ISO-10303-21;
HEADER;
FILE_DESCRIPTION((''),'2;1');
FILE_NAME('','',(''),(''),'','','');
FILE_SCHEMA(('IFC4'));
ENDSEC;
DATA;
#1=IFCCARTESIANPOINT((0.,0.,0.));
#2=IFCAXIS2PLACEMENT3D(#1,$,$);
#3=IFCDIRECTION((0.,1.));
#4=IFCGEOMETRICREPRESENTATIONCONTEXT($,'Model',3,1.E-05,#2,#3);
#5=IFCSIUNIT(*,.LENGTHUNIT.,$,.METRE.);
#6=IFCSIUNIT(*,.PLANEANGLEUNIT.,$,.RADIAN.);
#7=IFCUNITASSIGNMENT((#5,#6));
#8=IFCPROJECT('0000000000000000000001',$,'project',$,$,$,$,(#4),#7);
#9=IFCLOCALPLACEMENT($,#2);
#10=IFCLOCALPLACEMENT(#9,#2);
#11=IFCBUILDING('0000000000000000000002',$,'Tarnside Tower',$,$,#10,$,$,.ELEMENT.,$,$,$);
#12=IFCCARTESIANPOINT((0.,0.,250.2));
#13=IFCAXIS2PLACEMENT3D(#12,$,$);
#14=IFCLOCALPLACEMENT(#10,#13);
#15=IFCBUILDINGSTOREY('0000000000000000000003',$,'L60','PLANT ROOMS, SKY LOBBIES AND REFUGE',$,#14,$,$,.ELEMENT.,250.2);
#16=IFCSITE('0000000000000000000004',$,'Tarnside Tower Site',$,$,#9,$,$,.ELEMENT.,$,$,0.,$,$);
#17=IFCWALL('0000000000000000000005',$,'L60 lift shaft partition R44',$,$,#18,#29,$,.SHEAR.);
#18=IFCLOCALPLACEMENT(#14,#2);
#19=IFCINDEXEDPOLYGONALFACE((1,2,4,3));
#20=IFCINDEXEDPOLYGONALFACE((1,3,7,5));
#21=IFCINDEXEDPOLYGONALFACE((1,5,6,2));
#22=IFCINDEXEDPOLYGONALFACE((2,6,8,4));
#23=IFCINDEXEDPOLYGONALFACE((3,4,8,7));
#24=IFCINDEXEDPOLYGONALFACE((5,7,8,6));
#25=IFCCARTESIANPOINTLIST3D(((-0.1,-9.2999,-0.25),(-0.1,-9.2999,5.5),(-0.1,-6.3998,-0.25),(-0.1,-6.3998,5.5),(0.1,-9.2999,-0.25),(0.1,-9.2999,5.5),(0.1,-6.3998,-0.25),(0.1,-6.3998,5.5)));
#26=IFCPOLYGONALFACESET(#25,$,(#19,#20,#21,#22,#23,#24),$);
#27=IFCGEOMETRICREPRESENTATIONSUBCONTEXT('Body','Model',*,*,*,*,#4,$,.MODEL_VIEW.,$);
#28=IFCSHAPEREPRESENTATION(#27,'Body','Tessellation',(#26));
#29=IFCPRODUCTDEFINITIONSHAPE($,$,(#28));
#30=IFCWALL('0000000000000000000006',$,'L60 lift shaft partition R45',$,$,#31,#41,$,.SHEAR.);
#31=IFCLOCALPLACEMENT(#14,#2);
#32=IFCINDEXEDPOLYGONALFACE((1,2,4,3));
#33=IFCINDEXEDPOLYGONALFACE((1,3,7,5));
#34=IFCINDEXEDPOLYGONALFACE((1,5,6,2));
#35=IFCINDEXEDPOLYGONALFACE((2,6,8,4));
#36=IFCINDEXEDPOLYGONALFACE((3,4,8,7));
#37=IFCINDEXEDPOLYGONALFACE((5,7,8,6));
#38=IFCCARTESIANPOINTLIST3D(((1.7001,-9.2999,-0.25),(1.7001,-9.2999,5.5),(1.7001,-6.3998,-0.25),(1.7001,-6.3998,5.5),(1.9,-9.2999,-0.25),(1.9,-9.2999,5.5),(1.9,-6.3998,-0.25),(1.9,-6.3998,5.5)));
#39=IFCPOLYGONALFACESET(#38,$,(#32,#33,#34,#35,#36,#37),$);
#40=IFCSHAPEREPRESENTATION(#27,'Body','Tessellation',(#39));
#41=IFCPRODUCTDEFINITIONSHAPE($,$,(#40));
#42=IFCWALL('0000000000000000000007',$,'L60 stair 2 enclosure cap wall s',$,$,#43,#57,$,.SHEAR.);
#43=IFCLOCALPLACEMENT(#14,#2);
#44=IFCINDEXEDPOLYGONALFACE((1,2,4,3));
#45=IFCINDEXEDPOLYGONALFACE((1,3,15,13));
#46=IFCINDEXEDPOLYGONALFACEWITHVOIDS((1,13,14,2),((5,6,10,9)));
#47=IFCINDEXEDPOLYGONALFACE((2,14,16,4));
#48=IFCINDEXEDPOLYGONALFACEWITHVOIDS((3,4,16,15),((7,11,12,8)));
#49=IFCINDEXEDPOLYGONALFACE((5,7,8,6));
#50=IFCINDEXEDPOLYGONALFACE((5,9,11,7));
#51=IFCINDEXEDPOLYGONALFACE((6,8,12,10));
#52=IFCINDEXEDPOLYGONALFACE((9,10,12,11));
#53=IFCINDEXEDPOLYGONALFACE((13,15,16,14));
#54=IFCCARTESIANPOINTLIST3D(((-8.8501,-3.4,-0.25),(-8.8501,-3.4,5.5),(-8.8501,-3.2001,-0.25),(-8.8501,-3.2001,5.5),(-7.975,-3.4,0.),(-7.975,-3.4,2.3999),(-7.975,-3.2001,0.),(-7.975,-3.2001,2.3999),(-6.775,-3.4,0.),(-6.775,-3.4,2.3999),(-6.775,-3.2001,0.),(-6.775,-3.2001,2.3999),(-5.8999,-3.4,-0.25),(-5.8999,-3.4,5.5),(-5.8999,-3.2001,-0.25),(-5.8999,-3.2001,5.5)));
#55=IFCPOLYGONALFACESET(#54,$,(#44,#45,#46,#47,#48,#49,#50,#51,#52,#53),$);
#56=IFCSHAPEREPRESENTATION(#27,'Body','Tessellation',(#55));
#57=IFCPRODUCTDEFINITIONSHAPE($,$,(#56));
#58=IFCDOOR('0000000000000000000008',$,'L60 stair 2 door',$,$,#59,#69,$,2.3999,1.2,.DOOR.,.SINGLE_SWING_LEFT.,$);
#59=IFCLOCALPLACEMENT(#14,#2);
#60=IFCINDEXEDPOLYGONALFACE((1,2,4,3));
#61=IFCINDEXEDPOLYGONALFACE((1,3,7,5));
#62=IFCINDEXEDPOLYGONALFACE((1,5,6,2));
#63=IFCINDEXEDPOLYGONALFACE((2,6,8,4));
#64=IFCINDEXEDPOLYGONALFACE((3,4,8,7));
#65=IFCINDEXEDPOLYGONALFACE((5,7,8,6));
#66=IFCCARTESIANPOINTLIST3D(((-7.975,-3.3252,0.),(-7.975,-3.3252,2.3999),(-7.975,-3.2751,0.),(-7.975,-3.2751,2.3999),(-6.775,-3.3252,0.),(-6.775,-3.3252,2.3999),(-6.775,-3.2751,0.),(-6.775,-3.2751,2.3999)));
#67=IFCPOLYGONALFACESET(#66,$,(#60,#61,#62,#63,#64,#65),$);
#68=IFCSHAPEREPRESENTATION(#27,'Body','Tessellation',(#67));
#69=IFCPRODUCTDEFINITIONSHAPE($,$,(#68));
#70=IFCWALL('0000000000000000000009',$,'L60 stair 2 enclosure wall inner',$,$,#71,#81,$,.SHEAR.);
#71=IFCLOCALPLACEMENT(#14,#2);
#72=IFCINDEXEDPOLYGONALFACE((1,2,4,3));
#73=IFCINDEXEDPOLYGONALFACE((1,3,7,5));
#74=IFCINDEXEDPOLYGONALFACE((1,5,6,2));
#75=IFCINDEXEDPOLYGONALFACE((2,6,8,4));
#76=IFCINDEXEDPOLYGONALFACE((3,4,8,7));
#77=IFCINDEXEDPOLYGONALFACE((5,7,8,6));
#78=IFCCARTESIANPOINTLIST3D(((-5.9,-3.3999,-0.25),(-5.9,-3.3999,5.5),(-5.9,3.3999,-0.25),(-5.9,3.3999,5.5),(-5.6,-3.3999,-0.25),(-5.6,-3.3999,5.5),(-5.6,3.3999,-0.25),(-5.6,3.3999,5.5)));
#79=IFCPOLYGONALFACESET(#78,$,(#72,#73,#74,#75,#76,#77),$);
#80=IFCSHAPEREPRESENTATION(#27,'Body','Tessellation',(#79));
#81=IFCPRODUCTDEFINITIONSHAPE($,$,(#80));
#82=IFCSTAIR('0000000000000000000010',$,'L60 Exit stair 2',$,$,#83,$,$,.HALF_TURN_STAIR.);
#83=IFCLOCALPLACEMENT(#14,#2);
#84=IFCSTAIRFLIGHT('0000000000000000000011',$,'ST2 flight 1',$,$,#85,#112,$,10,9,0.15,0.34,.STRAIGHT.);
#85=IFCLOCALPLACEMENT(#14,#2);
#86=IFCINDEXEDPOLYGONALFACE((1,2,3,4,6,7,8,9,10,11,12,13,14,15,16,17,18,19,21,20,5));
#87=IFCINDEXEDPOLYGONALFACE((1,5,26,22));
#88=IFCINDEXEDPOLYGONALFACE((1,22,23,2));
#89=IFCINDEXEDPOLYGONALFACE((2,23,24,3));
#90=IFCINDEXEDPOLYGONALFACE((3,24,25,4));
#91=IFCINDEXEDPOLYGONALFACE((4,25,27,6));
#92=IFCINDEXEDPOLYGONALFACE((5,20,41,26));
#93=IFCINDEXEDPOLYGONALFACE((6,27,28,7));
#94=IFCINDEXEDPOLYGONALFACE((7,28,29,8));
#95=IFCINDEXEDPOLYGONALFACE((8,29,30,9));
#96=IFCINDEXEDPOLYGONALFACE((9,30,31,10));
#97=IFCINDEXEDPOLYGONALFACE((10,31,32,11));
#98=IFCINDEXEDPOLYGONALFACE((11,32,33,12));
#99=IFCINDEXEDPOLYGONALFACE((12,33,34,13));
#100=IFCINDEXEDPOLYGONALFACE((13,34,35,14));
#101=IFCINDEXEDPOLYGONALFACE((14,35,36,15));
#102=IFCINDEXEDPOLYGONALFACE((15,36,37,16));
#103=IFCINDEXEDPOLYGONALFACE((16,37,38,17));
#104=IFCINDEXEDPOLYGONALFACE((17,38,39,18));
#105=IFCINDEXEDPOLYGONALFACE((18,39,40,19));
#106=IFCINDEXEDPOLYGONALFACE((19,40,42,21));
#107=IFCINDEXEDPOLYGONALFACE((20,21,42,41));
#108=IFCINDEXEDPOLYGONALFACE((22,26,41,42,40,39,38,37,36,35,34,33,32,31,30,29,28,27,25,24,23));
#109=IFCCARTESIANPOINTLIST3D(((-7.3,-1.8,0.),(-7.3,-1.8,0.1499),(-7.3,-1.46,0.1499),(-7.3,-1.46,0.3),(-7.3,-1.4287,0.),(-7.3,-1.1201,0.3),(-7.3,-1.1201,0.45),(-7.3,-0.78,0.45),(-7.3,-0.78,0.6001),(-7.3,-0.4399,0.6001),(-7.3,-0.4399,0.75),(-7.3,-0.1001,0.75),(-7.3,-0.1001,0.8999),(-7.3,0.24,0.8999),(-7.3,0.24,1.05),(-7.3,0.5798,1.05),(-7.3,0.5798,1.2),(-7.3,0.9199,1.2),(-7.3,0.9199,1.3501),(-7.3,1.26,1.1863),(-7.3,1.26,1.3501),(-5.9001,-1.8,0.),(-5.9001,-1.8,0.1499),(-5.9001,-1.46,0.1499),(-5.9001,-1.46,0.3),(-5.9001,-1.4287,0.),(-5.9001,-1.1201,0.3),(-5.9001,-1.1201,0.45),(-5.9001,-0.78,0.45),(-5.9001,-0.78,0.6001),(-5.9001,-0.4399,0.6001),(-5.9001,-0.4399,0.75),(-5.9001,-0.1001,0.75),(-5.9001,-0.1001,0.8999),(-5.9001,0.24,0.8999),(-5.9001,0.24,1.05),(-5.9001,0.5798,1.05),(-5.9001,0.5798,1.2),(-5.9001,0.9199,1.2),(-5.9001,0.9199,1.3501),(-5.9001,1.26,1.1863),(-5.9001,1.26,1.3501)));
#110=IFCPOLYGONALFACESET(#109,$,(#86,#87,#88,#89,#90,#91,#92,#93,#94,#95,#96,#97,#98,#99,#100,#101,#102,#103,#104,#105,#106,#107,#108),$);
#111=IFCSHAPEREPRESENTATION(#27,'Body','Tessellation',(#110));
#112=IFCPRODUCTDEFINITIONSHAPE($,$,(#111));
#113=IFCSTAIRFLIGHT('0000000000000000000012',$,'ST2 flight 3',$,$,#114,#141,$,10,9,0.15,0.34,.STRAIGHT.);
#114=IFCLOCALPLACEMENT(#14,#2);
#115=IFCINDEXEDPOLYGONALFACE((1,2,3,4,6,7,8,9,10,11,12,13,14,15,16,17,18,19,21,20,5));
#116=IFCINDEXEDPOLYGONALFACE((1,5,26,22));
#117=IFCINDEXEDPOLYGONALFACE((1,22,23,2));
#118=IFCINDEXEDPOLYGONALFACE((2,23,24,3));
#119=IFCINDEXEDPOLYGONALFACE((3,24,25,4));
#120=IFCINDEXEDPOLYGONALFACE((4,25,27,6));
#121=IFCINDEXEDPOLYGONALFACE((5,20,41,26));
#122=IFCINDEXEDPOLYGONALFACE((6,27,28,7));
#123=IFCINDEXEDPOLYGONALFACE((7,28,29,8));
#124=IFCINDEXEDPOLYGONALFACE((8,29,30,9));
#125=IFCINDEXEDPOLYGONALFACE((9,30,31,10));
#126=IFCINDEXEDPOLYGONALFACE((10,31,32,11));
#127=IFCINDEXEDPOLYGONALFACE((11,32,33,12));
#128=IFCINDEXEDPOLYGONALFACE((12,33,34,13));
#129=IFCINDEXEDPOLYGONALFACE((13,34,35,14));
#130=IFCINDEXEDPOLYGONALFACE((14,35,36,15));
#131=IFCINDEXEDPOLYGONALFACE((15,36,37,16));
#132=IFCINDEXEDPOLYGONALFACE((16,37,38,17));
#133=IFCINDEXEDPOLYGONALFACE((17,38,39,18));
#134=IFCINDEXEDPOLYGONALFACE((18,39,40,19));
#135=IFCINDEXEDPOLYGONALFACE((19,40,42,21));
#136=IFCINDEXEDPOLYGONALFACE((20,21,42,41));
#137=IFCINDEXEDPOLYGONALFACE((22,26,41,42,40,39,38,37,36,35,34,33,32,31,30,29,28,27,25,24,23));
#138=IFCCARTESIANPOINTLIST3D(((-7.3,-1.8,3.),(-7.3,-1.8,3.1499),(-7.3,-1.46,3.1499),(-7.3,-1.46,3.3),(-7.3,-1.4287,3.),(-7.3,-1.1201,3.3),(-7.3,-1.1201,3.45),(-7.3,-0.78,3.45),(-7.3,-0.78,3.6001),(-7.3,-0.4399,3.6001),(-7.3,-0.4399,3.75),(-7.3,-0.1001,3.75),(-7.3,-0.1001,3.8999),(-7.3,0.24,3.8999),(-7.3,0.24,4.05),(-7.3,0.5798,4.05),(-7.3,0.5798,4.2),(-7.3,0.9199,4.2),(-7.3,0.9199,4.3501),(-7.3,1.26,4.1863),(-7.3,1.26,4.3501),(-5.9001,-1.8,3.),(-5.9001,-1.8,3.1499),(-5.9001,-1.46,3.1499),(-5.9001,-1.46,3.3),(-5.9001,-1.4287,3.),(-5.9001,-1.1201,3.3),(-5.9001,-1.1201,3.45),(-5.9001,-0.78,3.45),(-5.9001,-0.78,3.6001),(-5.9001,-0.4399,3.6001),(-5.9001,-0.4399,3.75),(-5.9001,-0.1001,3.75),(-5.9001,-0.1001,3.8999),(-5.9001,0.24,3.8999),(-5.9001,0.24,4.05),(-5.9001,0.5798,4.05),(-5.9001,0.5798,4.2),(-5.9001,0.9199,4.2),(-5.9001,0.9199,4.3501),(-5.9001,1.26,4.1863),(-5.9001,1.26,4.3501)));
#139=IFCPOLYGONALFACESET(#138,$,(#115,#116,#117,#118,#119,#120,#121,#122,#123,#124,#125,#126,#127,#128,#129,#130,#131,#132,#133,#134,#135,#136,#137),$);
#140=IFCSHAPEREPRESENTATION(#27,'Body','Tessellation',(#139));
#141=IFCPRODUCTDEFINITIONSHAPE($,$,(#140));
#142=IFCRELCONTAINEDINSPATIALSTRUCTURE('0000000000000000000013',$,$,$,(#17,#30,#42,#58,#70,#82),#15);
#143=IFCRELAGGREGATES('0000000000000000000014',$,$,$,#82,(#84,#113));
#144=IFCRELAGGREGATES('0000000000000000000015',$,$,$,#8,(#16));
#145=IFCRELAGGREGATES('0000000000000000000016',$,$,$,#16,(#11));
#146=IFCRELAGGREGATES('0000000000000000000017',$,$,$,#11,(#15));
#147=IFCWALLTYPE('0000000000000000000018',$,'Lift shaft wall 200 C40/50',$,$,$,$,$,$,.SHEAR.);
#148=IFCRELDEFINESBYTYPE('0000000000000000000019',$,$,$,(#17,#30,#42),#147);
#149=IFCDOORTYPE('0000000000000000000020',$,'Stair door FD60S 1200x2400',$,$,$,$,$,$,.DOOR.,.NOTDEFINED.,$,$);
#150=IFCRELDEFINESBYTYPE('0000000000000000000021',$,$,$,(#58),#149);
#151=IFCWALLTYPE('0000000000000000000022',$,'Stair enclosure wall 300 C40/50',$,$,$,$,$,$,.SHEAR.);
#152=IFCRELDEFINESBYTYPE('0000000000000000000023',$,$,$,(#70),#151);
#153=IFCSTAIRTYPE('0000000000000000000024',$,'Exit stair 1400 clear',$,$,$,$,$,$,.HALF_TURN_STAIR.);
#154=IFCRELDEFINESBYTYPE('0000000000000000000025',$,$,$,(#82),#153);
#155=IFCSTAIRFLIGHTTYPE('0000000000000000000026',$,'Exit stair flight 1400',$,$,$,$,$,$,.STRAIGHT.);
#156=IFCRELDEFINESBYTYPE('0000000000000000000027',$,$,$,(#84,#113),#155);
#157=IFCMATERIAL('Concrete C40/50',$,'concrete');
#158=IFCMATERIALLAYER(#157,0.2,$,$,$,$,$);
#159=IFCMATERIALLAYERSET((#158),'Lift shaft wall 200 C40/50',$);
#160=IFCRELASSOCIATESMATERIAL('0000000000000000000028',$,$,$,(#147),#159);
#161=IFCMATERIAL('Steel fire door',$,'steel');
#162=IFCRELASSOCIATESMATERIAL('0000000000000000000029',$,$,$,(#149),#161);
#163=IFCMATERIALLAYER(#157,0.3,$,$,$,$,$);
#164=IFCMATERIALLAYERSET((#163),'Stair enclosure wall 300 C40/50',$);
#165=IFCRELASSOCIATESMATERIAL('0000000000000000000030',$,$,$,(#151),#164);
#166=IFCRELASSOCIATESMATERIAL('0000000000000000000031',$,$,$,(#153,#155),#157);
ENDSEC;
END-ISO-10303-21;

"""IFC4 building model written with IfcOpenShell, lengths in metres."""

from ifc_helpers import new_model, si_unit, direction, frame, frame_2d, origin, place, context, subcontext, project, spatial, polyline, rectangle, outline, extrude, material, layer, layer_set, type_object, element, fill, aggregate, save


model = new_model("IFC4")

# Units and contexts
model_context = context("Model", 3, precision=1e-05, world=origin(), true_north=direction((0.0, 1.0)))
body_context = subcontext(model_context, "Body", "Model", "MODEL_VIEW")
ifc_project = project(units=[si_unit("LENGTHUNIT", "METRE"), si_unit("PLANEANGLEUNIT", "RADIAN")], contexts=[model_context])

# Site, building, storey
site_placement = place(None, origin())
site = spatial("IfcSite", under=ifc_project, at=site_placement, Name="Tarnside Tower Site", CompositionType="ELEMENT", RefElevation=0.0)
building_placement = place(site_placement, origin())
building = spatial("IfcBuilding", under=site, at=building_placement, Name="Tarnside Tower", CompositionType="ELEMENT")
storey_placement = place(building_placement, frame((0.0, 0.0, 250.2)))
storey = spatial("IfcBuildingStorey", under=building, at=storey_placement, Name="L60", Description="PLANT ROOMS, SKY LOBBIES AND REFUGE", CompositionType="ELEMENT", Elevation=250.2)

# Shared definitions
ifc_material_1 = material(Name="Concrete C40/50", Category="concrete")
ifc_material_2 = material(Name="Steel fire door", Category="steel")

# Shared definitions
ifc_layer_1 = layer(ifc_material_1, 0.2)
ifc_layer_set_1 = layer_set([ifc_layer_1], Name="Lift shaft wall 200 C40/50")
wall_type_1 = type_object("IfcWallType", Name="Lift shaft wall 200 C40/50", PredefinedType="SHEAR", material=ifc_layer_set_1)

# Walls
for number, where, z_axis, x_axis, name in (
    (1, (0.0, -9.3, -0.25), (0.0, 0.0, 1.0), (0.0, 1.0, 0.0), "L60 lift shaft partition R44"),
    (2, (1.8, -9.3, -0.25), (0.0, 0.0, 1.0), (0.0, 1.0, 0.0), "L60 lift shaft partition R45"),
):
    element("IfcWall", number, at=place(storey_placement, frame(where, z_axis=z_axis, x_axis=x_axis)), inside=storey, type_object=wall_type_1, Name=name, PredefinedType="SHEAR", context=body_context, shape_type="SweptSolid", body=[
        extrude(rectangle(XDim=2.9001, YDim=0.2, at=frame_2d((1.4502, 0.0))), origin(), (0.0, 0.0, 1.0), 5.75),
    ])

# Wall, opening, door
wall_1_placement = place(storey_placement, frame((-8.8501, -3.3, -0.25), z_axis=(0.0, 0.0, 1.0), x_axis=(1.0, 0.0, 0.0)))
wall_1 = element("IfcWall", 3, at=wall_1_placement, inside=storey, type_object=wall_type_1, Name="L60 stair 2 enclosure cap wall s", PredefinedType="SHEAR", context=body_context, shape_type="SweptSolid", body=[
    extrude(rectangle(XDim=2.9502, YDim=0.2, at=frame_2d((1.4751, 0.0))), origin(), (0.0, 0.0, 1.0), 5.75),
])
opening_1_placement = place(wall_1_placement, frame((0.875, 0.0, 0.25)))
opening_1 = element("IfcOpeningElement", 4, at=opening_1_placement, cuts=wall_1, PredefinedType="OPENING", context=body_context, shape_type="SweptSolid", body=[
    extrude(rectangle(XDim=1.2, YDim=2.3999, at=frame_2d((0.6001, 1.2))), frame((0.0, 0.1099, 0.0), z_axis=(0.0, -1.0, 0.0), x_axis=(1.0, 0.0, 0.0)), (0.0, 0.0, 1.0), 0.22),
])
door_type_1 = type_object("IfcDoorType", Name="Stair door FD60S 1200x2400", OperationType="NOTDEFINED", PredefinedType="DOOR", material=ifc_material_2)
door_1_placement = place(opening_1_placement, origin())
door_1 = element("IfcDoor", 5, at=door_1_placement, inside=storey, type_object=door_type_1, Name="L60 stair 2 door", OperationType="SINGLE_SWING_LEFT", OverallHeight=2.3999, OverallWidth=1.2, PredefinedType="DOOR", context=body_context, shape_type="SweptSolid", body=[
    extrude(rectangle(XDim=1.2, YDim=2.3999, at=frame_2d((0.6001, 1.2))), frame((0.0, 0.0249, 0.0), z_axis=(0.0, -1.0, 0.0), x_axis=(1.0, 0.0, 0.0)), (0.0, 0.0, 1.0), 0.05),
])
fill(opening_1, door_1)

# Wall
ifc_layer_2 = layer(ifc_material_1, 0.3)
ifc_layer_set_2 = layer_set([ifc_layer_2], Name="Stair enclosure wall 300 C40/50")
wall_type_2 = type_object("IfcWallType", Name="Stair enclosure wall 300 C40/50", PredefinedType="SHEAR", material=ifc_layer_set_2)
wall_2_placement = place(storey_placement, frame((-5.75, -3.3999, -0.25), z_axis=(0.0, 0.0, 1.0), x_axis=(0.0, 1.0, 0.0)))
element("IfcWall", 6, at=wall_2_placement, inside=storey, type_object=wall_type_2, Name="L60 stair 2 enclosure wall inner", PredefinedType="SHEAR", context=body_context, shape_type="SweptSolid", body=[
    extrude(rectangle(XDim=6.7998, YDim=0.3, at=frame_2d((3.3999, 0.0))), origin(), (0.0, 0.0, 1.0), 5.75),
])

# Stair, stair flights
stair_type = type_object("IfcStairType", Name="Exit stair 1400 clear", PredefinedType="HALF_TURN_STAIR", material=ifc_material_1)
stair_placement = place(storey_placement, origin())
stair = element("IfcStair", 7, at=stair_placement, inside=storey, type_object=stair_type, Name="L60 Exit stair 2", PredefinedType="HALF_TURN_STAIR")
stair_flight_type = type_object("IfcStairFlightType", Name="Exit stair flight 1400", PredefinedType="STRAIGHT", material=ifc_material_1)
stair_flight_1_placement = place(storey_placement, frame((-6.6001, -1.8, 0.0), z_axis=(0.0, 0.0, 1.0), x_axis=(0.0, 1.0, 0.0)))
stair_flight_1 = element("IfcStairFlight", 8, at=stair_flight_1_placement, type_object=stair_flight_type, Name="ST2 flight 1", NumberOfRisers=10, NumberOfTreads=9, PredefinedType="STRAIGHT", RiserHeight=0.15, TreadLength=0.34, context=body_context, shape_type="SweptSolid", body=[
    extrude(outline(polyline([(0.0, 0.0), (0.0, 0.1499), (0.3401, 0.1499), (0.3401, 0.3), (0.6799, 0.3), (0.6799, 0.45), (1.02, 0.45), (1.02, 0.6001), (1.3601, 0.6001), (1.3601, 0.75), (1.7, 0.75), (1.7, 0.8999), (2.04, 0.8999), (2.04, 1.05), (2.3799, 1.05), (2.3799, 1.2), (2.72, 1.2), (2.72, 1.3501), (3.0601, 1.3501), (3.0601, 1.5), (3.0601, 1.1863), (0.3713, 0.0), (0.0, 0.0)])), frame((0.0, 0.7, 0.0), z_axis=(0.0, -1.0, 0.0), x_axis=(1.0, 0.0, 0.0)), (0.0, 0.0, 1.0), 1.3999),
])
stair_flight_2_placement = place(storey_placement, frame((-6.6001, -1.8, 3.0), z_axis=(0.0, 0.0, 1.0), x_axis=(0.0, 1.0, 0.0)))
stair_flight_2 = element("IfcStairFlight", 9, at=stair_flight_2_placement, type_object=stair_flight_type, Name="ST2 flight 3", NumberOfRisers=10, NumberOfTreads=9, PredefinedType="STRAIGHT", RiserHeight=0.15, TreadLength=0.34, context=body_context, shape_type="SweptSolid", body=[
    extrude(outline(polyline([(0.0, 0.0), (0.0, 0.1499), (0.3401, 0.1499), (0.3401, 0.3), (0.6799, 0.3), (0.6799, 0.45), (1.02, 0.45), (1.02, 0.6001), (1.3601, 0.6001), (1.3601, 0.75), (1.7, 0.75), (1.7, 0.8999), (2.04, 0.8999), (2.04, 1.05), (2.3799, 1.05), (2.3799, 1.2), (2.72, 1.2), (2.72, 1.3501), (3.0601, 1.3501), (3.0601, 1.5), (3.0601, 1.1863), (0.3713, 0.0), (0.0, 0.0)])), frame((0.0, 0.7, 0.0), z_axis=(0.0, -1.0, 0.0), x_axis=(1.0, 0.0, 0.0)), (0.0, 0.0, 1.0), 1.3999),
])
aggregate(stair, [stair_flight_1, stair_flight_2])

save(model, "model.ifc")
